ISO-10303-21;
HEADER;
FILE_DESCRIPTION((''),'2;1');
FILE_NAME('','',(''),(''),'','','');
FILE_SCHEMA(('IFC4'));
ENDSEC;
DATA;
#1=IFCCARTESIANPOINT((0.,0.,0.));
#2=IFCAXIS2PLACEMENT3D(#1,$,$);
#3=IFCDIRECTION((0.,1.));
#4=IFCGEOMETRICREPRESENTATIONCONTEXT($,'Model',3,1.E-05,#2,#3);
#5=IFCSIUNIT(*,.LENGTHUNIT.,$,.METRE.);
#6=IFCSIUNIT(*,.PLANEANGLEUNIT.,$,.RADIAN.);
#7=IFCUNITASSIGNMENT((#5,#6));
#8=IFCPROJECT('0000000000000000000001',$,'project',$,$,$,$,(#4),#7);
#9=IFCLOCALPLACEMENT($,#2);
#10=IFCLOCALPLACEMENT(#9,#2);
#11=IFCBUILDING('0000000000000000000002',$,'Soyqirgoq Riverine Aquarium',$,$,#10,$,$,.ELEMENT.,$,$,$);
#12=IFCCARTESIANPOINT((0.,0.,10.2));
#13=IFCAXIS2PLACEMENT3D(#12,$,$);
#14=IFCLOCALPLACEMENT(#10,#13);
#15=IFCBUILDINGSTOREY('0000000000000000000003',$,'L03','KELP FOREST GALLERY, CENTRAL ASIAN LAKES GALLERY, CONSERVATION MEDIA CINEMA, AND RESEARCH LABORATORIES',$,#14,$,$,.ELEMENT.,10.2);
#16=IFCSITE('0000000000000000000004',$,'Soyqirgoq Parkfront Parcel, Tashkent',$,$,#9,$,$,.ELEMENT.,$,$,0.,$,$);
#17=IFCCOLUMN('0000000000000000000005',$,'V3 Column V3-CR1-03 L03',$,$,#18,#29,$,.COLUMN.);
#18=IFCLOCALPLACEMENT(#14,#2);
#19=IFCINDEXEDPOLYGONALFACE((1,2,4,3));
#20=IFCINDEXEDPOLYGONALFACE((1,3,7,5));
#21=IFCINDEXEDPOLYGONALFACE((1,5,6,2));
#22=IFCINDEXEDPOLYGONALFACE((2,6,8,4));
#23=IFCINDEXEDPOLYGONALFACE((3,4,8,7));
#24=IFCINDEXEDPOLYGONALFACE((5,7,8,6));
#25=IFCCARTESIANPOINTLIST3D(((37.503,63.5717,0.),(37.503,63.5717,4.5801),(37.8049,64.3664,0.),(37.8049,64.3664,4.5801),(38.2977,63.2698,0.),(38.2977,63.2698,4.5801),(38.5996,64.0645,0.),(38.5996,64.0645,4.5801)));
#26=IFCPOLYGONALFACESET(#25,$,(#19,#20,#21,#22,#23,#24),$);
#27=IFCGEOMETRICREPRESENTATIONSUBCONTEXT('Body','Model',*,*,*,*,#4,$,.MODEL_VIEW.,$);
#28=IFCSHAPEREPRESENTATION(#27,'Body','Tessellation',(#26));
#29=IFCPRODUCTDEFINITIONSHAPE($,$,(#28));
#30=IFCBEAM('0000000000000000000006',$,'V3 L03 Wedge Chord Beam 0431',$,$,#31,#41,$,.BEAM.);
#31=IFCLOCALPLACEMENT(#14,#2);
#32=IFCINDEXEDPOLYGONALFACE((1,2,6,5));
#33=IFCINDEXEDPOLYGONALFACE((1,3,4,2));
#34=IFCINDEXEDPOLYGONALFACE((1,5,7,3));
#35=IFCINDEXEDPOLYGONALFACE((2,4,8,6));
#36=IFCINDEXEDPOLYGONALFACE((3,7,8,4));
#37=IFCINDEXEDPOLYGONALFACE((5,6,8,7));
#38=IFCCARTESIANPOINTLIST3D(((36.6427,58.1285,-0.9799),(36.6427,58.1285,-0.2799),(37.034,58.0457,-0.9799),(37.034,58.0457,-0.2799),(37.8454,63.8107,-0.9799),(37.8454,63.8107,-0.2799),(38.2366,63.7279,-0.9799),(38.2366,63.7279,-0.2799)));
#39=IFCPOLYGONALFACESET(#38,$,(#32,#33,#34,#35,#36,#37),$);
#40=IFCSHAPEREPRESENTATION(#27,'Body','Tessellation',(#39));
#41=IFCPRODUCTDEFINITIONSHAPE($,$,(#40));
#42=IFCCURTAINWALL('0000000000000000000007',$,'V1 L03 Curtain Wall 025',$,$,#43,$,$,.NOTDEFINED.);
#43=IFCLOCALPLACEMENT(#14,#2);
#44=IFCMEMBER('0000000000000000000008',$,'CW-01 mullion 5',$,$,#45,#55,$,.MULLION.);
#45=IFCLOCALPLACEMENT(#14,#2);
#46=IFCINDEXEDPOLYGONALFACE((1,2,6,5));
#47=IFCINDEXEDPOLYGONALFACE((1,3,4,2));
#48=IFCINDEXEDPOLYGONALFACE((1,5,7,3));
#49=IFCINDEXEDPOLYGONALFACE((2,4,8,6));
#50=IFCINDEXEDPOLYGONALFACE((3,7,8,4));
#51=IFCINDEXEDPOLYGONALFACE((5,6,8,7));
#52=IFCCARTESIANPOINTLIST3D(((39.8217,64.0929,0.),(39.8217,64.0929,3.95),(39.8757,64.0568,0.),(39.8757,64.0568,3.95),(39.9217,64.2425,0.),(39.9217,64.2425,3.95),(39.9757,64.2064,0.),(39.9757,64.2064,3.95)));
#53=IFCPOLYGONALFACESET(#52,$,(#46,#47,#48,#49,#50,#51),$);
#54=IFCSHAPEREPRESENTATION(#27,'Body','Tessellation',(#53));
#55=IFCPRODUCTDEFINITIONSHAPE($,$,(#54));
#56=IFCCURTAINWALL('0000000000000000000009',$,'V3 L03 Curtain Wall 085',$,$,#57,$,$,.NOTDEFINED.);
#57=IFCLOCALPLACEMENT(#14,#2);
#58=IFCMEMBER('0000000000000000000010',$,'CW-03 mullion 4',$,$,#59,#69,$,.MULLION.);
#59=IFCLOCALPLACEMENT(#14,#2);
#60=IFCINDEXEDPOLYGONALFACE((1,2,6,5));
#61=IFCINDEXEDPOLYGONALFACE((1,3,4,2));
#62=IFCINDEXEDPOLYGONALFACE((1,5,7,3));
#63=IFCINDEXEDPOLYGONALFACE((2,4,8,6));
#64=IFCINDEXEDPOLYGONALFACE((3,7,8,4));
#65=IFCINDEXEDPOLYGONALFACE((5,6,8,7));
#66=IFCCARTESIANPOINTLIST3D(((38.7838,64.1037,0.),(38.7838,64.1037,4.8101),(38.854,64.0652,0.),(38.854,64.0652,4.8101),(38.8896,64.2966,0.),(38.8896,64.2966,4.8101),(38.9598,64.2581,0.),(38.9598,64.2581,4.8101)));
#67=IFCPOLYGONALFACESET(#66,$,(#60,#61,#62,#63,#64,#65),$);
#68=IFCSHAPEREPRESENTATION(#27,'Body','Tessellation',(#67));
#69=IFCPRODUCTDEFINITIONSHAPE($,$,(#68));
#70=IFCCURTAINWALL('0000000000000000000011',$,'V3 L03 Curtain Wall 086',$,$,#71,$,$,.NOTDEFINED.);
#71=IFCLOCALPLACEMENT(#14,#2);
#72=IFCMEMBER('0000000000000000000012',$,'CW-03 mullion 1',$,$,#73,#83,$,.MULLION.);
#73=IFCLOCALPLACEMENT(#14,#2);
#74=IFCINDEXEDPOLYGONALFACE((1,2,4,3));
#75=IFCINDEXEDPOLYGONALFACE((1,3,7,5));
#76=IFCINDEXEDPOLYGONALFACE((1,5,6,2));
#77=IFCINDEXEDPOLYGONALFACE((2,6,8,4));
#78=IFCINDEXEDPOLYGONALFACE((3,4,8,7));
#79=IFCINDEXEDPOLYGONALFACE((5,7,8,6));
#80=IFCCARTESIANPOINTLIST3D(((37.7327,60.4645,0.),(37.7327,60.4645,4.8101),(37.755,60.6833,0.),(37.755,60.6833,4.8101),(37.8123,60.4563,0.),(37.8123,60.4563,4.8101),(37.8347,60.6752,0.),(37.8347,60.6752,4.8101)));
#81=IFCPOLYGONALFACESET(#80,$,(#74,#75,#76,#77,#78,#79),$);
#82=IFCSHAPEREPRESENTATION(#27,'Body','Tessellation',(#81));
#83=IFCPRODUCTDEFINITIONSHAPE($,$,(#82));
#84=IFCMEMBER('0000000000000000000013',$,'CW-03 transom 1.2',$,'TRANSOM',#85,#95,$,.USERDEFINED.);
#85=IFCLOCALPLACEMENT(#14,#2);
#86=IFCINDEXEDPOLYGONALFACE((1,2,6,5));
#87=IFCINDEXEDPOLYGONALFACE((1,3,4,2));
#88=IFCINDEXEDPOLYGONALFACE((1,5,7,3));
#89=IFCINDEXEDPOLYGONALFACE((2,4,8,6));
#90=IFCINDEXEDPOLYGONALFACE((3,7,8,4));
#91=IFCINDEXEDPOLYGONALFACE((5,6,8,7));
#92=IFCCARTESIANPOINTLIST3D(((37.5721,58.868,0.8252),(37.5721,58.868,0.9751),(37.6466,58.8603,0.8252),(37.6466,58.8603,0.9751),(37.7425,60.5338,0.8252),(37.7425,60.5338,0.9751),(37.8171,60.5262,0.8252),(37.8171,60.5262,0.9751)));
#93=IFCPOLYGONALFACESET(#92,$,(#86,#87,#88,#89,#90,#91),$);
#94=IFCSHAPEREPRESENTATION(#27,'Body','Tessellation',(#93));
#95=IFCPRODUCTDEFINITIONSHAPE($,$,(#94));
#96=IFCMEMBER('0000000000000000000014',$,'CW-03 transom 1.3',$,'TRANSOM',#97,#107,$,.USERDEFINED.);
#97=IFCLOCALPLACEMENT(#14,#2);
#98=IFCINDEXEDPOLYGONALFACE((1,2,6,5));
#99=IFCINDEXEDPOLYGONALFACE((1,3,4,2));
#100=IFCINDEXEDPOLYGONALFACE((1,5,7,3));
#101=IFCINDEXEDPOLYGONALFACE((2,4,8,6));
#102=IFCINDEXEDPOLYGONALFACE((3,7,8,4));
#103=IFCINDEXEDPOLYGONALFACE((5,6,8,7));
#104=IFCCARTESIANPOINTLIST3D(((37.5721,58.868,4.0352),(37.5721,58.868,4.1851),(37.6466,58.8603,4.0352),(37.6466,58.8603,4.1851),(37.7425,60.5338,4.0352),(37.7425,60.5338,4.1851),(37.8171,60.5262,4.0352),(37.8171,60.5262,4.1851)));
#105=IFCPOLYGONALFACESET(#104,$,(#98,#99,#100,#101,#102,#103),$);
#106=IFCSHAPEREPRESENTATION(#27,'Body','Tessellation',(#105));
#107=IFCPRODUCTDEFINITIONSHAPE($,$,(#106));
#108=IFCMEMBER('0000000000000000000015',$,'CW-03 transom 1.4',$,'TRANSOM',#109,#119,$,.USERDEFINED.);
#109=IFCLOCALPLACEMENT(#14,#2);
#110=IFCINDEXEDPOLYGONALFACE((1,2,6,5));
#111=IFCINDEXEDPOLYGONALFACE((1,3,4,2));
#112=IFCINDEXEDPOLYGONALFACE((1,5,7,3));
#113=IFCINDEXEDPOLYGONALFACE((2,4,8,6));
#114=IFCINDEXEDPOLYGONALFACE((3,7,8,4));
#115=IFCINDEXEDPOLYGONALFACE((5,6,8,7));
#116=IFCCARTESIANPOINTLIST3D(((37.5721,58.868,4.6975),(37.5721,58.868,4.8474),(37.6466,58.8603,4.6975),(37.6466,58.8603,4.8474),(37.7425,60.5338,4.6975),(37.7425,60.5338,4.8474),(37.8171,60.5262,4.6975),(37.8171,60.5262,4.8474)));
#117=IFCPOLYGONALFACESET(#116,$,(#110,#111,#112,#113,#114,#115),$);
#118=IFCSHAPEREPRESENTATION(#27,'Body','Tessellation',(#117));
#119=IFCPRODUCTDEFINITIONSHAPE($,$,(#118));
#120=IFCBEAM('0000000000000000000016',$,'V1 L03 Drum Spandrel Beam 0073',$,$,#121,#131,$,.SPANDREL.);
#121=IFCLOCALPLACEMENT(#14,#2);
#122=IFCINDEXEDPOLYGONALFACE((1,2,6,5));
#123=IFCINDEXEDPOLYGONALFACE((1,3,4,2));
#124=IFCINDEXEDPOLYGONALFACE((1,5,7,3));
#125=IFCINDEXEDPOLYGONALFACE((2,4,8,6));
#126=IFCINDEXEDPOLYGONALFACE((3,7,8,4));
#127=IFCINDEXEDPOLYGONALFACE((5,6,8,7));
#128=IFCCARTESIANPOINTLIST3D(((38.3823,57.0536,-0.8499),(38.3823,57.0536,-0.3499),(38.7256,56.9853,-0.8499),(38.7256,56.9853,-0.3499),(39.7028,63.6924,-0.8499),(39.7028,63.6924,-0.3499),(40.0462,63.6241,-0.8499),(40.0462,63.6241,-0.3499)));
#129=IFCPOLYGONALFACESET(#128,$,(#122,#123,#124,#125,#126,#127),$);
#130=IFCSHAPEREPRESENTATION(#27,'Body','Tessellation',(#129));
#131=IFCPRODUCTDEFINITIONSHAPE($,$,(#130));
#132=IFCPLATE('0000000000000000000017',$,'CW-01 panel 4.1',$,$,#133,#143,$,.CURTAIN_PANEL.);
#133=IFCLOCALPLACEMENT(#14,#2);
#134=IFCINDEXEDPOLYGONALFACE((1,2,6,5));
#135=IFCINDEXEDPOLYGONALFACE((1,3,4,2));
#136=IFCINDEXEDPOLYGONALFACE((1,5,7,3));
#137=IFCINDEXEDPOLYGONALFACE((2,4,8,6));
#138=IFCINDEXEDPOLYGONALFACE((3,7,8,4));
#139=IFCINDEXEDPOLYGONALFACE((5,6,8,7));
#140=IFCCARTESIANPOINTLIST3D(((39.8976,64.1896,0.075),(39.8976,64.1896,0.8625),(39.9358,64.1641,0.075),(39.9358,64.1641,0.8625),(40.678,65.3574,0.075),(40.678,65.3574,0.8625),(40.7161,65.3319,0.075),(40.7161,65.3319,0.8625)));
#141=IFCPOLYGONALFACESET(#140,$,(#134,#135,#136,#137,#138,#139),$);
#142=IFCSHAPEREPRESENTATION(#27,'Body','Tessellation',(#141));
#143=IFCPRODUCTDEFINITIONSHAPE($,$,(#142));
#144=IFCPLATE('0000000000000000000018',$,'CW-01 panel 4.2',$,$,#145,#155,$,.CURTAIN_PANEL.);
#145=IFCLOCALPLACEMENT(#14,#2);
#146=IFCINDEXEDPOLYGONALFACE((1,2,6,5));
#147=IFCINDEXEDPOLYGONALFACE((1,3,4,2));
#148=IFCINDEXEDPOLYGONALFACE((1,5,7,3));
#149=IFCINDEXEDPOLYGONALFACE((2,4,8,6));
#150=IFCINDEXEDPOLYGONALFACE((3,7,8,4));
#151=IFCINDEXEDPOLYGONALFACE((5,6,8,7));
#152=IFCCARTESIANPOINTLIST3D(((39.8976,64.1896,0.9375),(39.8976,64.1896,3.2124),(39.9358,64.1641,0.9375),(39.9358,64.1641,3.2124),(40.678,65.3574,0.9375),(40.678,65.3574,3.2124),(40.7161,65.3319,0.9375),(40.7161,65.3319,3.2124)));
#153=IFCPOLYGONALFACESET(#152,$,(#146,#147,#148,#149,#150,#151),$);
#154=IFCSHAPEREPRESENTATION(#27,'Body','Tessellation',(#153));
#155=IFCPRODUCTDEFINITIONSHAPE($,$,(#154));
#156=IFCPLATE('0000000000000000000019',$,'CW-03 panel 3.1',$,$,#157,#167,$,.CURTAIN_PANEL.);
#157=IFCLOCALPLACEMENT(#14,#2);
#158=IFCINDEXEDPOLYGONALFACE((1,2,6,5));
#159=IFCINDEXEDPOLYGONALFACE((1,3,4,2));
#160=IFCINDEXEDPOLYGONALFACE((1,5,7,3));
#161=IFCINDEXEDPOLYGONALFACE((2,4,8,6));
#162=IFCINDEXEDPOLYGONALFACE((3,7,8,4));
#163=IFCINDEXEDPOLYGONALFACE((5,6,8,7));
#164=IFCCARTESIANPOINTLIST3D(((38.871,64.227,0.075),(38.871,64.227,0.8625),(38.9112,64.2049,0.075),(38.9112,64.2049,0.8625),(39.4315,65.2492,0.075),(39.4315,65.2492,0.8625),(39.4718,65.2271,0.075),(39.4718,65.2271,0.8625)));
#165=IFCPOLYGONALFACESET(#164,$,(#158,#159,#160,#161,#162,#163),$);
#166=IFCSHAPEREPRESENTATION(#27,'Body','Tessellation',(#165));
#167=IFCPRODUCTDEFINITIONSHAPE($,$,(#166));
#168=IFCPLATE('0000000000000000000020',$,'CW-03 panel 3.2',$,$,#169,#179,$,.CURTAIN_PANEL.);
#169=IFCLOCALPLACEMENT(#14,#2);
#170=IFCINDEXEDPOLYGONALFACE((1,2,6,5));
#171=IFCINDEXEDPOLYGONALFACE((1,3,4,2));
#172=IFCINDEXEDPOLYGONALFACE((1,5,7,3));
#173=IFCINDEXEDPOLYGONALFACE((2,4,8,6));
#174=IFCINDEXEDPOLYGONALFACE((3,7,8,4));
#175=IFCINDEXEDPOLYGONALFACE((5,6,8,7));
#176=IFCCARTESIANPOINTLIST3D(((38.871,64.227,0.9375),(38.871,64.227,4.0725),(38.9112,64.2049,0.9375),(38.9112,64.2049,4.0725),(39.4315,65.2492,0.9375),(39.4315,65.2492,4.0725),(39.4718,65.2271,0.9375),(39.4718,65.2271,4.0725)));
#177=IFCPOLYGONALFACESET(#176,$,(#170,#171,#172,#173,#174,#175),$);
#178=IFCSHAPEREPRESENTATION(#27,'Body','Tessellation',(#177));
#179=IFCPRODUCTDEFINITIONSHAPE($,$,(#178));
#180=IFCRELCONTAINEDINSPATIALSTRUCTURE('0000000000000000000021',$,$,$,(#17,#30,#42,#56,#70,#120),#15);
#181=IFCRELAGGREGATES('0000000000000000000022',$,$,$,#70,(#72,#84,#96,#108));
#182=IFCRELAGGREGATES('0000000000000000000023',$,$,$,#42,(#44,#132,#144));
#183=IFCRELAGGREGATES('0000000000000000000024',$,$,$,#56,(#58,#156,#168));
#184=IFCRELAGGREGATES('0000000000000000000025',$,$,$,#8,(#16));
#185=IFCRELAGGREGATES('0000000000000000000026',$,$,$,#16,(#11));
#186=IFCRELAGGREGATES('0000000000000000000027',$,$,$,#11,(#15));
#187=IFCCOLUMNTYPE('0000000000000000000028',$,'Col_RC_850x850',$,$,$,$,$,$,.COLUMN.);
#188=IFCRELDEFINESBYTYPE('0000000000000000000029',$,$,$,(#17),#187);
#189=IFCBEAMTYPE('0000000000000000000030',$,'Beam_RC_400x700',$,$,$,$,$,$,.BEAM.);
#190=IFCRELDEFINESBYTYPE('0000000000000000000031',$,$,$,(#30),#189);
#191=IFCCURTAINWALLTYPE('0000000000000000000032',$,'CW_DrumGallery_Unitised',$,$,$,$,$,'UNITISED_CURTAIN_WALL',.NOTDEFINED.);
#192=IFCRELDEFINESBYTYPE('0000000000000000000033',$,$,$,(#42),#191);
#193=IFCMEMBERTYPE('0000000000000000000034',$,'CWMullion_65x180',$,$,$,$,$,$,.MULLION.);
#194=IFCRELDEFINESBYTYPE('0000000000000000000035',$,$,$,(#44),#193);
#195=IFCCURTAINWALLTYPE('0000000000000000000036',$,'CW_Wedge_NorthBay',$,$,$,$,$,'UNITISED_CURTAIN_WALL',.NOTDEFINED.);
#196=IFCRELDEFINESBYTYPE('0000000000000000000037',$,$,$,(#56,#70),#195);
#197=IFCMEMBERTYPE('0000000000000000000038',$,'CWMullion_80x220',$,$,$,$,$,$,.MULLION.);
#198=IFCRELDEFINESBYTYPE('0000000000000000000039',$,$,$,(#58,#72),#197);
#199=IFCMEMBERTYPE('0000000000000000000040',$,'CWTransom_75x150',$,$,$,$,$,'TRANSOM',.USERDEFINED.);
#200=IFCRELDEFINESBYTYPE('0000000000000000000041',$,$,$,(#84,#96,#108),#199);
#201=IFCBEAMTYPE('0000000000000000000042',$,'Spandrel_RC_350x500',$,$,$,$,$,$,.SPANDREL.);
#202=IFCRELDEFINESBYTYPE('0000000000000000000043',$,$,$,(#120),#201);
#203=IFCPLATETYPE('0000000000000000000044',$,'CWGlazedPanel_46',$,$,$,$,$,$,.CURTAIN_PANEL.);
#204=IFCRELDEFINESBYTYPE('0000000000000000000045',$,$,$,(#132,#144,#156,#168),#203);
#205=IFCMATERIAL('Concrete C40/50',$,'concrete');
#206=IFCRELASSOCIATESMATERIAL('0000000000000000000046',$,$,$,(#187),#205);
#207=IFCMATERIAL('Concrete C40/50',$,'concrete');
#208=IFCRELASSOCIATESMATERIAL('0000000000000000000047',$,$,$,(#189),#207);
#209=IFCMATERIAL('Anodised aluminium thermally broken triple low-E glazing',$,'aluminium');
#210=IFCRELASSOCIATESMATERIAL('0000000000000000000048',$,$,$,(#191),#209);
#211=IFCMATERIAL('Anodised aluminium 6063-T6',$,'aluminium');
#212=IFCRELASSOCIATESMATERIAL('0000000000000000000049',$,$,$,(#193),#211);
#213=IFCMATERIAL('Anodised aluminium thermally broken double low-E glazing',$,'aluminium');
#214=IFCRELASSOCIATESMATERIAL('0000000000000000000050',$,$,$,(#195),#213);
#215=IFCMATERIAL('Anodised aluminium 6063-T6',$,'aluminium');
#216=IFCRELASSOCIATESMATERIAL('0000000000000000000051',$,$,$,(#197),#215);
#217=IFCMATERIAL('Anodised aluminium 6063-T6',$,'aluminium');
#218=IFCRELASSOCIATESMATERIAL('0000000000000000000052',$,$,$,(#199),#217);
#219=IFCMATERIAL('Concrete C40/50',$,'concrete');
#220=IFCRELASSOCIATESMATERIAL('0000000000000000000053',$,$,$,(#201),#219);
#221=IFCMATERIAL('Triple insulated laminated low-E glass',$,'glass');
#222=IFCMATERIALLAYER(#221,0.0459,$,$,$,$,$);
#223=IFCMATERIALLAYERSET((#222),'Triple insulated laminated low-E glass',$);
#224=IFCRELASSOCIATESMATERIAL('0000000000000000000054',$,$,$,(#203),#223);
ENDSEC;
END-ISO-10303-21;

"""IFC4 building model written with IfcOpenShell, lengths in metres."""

from ifc_helpers import new_model, si_unit, direction, frame, origin, origin_2d, place, context, subcontext, project, spatial, rectangle, extrude, material, layer, layer_set, material_profile, profile_set, type_object, element, aggregate, save


model = new_model("IFC4")

# Units and contexts
model_context = context("Model", 3, precision=1e-05, world=origin(), true_north=direction((0.0, 1.0)))
body_context = subcontext(model_context, "Body", "Model", "MODEL_VIEW")
ifc_project = project(units=[si_unit("LENGTHUNIT", "METRE"), si_unit("PLANEANGLEUNIT", "RADIAN")], contexts=[model_context])

# Site, building, storey
site_placement = place(None, origin())
site = spatial("IfcSite", under=ifc_project, at=site_placement, Name="Soyqirgoq Parkfront Parcel, Tashkent", CompositionType="ELEMENT", RefElevation=0.0)
building_placement = place(site_placement, origin())
building = spatial("IfcBuilding", under=site, at=building_placement, Name="Soyqirgoq Riverine Aquarium", CompositionType="ELEMENT")
storey_placement = place(building_placement, frame((0.0, 0.0, 10.2)))
storey = spatial("IfcBuildingStorey", under=building, at=storey_placement, Name="L03", Description="KELP FOREST GALLERY, CENTRAL ASIAN LAKES GALLERY, CONSERVATION MEDIA CINEMA, AND RESEARCH LABORATORIES", CompositionType="ELEMENT", Elevation=10.2)

# Column
ifc_material_1 = material(Name="Concrete C40/50", Category="concrete")
ifc_material_profile_1 = material_profile(ifc_material_1, rectangle(XDim=0.8501, YDim=0.8501, at=origin_2d()), Name="RC 850x850")
ifc_profile_set_1 = profile_set([ifc_material_profile_1], Name="Concrete C40/50")
column_type_1 = type_object("IfcColumnType", Name="Col_RC_850x850", PredefinedType="COLUMN", material=ifc_profile_set_1)
column_1_placement = place(storey_placement, frame((38.0513, 63.8181, 0.0), z_axis=(0.0, 0.0, 1.0), x_axis=(-0.934826, 0.355107, 0.0)))
element("IfcColumn", 1, at=column_1_placement, inside=storey, type_object=column_type_1, Name="V3 Column V3-CR1-03 L03", PredefinedType="COLUMN", context=body_context, shape_type="SweptSolid", body=[
    extrude(rectangle(XDim=0.8501, YDim=0.8501, at=origin_2d()), origin(), (0.0, 0.0, 1.0), 4.5801),
])

# Beam
ifc_material_2 = material(Name="Concrete C40/50", Category="concrete")
ifc_material_profile_2 = material_profile(ifc_material_2, rectangle(XDim=0.3999, YDim=0.7, at=origin_2d()), Name="RC 400x700")
ifc_profile_set_2 = profile_set([ifc_material_profile_2], Name="Concrete C40/50")
beam_type_1 = type_object("IfcBeamType", Name="Beam_RC_400x700", PredefinedType="BEAM", material=ifc_profile_set_2)
beam_1_placement = place(storey_placement, frame((38.041, 63.7693, -0.6299), z_axis=(-0.207065, -0.978327, 0.0), x_axis=(0.978327, -0.207065, 0.0)))
element("IfcBeam", 2, at=beam_1_placement, inside=storey, type_object=beam_type_1, Name="V3 L03 Wedge Chord Beam 0431", PredefinedType="BEAM", context=body_context, shape_type="SweptSolid", body=[
    extrude(rectangle(XDim=0.3999, YDim=0.7, at=origin_2d()), origin(), (0.0, 0.0, 1.0), 5.8081),
])

# Curtain walls, members
ifc_material_3 = material(Name="Anodised aluminium thermally broken triple low-E glazing", Category="aluminium")
curtain_wall_type_1 = type_object("IfcCurtainWallType", Name="CW_DrumGallery_Unitised", ElementType="UNITISED_CURTAIN_WALL", PredefinedType="NOTDEFINED", material=ifc_material_3)
curtain_wall_1_placement = place(storey_placement, origin())
curtain_wall_1 = element("IfcCurtainWall", 3, at=curtain_wall_1_placement, inside=storey, type_object=curtain_wall_type_1, Name="V1 L03 Curtain Wall 025", PredefinedType="NOTDEFINED")
ifc_material_4 = material(Name="Anodised aluminium 6063-T6", Category="aluminium")
ifc_material_profile_3 = material_profile(ifc_material_4, rectangle(XDim=0.0649, YDim=0.1799, at=origin_2d()), Name="ALU-M 65x180")
ifc_profile_set_3 = profile_set([ifc_material_profile_3], Name="Anodised aluminium 6063-T6")
member_type_1 = type_object("IfcMemberType", Name="CWMullion_65x180", PredefinedType="MULLION", material=ifc_profile_set_3)
member_1_placement = place(storey_placement, frame((39.8987, 64.1497, 0.0), z_axis=(0.0, 0.0, 1.0), x_axis=(0.831469, -0.555572, 0.0)))
member_1 = element("IfcMember", 4, at=member_1_placement, type_object=member_type_1, Name="CW-01 mullion 5", PredefinedType="MULLION", context=body_context, shape_type="SweptSolid", body=[
    extrude(rectangle(XDim=0.0649, YDim=0.1799, at=origin_2d()), origin(), (0.0, 0.0, 1.0), 3.95),
])
ifc_material_5 = material(Name="Anodised aluminium thermally broken double low-E glazing", Category="aluminium")
curtain_wall_type_2 = type_object("IfcCurtainWallType", Name="CW_Wedge_NorthBay", ElementType="UNITISED_CURTAIN_WALL", PredefinedType="NOTDEFINED", material=ifc_material_5)
curtain_wall_2_placement = place(storey_placement, origin())
curtain_wall_2 = element("IfcCurtainWall", 5, at=curtain_wall_2_placement, inside=storey, type_object=curtain_wall_type_2, Name="V3 L03 Curtain Wall 085", PredefinedType="NOTDEFINED")
ifc_material_6 = material(Name="Anodised aluminium 6063-T6", Category="aluminium")
ifc_material_profile_4 = material_profile(ifc_material_6, rectangle(XDim=0.0801, YDim=0.22, at=origin_2d()), Name="ALU-M 80x220")
ifc_profile_set_4 = profile_set([ifc_material_profile_4], Name="Anodised aluminium 6063-T6")
member_type_2 = type_object("IfcMemberType", Name="CWMullion_80x220", PredefinedType="MULLION", material=ifc_profile_set_4)
member_2_placement = place(storey_placement, frame((38.8718, 64.1809, 0.0), z_axis=(0.0, 0.0, 1.0), x_axis=(0.876811, -0.480835, 0.0)))
member_2 = element("IfcMember", 6, at=member_2_placement, type_object=member_type_2, Name="CW-03 mullion 4", PredefinedType="MULLION", context=body_context, shape_type="SweptSolid", body=[
    extrude(rectangle(XDim=0.0801, YDim=0.22, at=origin_2d()), origin(), (0.0, 0.0, 1.0), 4.8101),
])

# Curtain wall, members
curtain_wall_3_placement = place(storey_placement, origin())
curtain_wall_3 = element("IfcCurtainWall", 7, at=curtain_wall_3_placement, inside=storey, type_object=curtain_wall_type_2, Name="V3 L03 Curtain Wall 086", PredefinedType="NOTDEFINED")
member_3_placement = place(storey_placement, frame((37.7837, 60.5698, 0.0), z_axis=(0.0, 0.0, 1.0), x_axis=(0.994817, -0.101686, 0.0)))
member_3 = element("IfcMember", 8, at=member_3_placement, type_object=member_type_2, Name="CW-03 mullion 1", PredefinedType="MULLION", context=body_context, shape_type="SweptSolid", body=[
    extrude(rectangle(XDim=0.0801, YDim=0.22, at=origin_2d()), origin(), (0.0, 0.0, 1.0), 4.8101),
])
ifc_material_7 = material(Name="Anodised aluminium 6063-T6", Category="aluminium")
ifc_material_profile_5 = material_profile(ifc_material_7, rectangle(XDim=0.075, YDim=0.1499, at=origin_2d()), Name="ALU-T 75x150")
ifc_profile_set_5 = profile_set([ifc_material_profile_5], Name="Anodised aluminium 6063-T6")
member_type_3 = type_object("IfcMemberType", Name="CWTransom_75x150", ElementType="TRANSOM", PredefinedType="USERDEFINED", material=ifc_profile_set_5)
member_4_placement = place(storey_placement, frame((37.7798, 60.53, 0.9001), z_axis=(-0.10177, -0.994808, 0.0), x_axis=(0.994808, -0.10177, 0.0)))
member_4 = element("IfcMember", 9, at=member_4_placement, type_object=member_type_3, Name="CW-03 transom 1.2", ObjectType="TRANSOM", PredefinedType="USERDEFINED", context=body_context, shape_type="SweptSolid", body=[
    extrude(rectangle(XDim=0.075, YDim=0.1499, at=origin_2d()), origin(), (0.0, 0.0, 1.0), 1.6746),
])
member_5_placement = place(storey_placement, frame((37.7798, 60.53, 4.1101), z_axis=(-0.10177, -0.994808, 0.0), x_axis=(0.994808, -0.10177, 0.0)))
member_5 = element("IfcMember", 10, at=member_5_placement, type_object=member_type_3, Name="CW-03 transom 1.3", ObjectType="TRANSOM", PredefinedType="USERDEFINED", context=body_context, shape_type="SweptSolid", body=[
    extrude(rectangle(XDim=0.075, YDim=0.1499, at=origin_2d()), origin(), (0.0, 0.0, 1.0), 1.6746),
])
member_6_placement = place(storey_placement, frame((37.7798, 60.53, 4.7725), z_axis=(-0.10177, -0.994808, 0.0), x_axis=(0.994808, -0.10177, 0.0)))
member_6 = element("IfcMember", 11, at=member_6_placement, type_object=member_type_3, Name="CW-03 transom 1.4", ObjectType="TRANSOM", PredefinedType="USERDEFINED", context=body_context, shape_type="SweptSolid", body=[
    extrude(rectangle(XDim=0.075, YDim=0.1499, at=origin_2d()), origin(), (0.0, 0.0, 1.0), 1.6746),
])
aggregate(curtain_wall_3, [member_3, member_4, member_5, member_6])

# Beam
ifc_material_8 = material(Name="Concrete C40/50", Category="concrete")
ifc_material_profile_6 = material_profile(ifc_material_8, rectangle(XDim=0.3501, YDim=0.5, at=origin_2d()), Name="RC 350x500")
ifc_profile_set_6 = profile_set([ifc_material_profile_6], Name="Concrete C40/50")
beam_type_2 = type_object("IfcBeamType", Name="Spandrel_RC_350x500", PredefinedType="SPANDREL", material=ifc_profile_set_6)
beam_2_placement = place(storey_placement, frame((39.8745, 63.6582, -0.5999), z_axis=(-0.195096, -0.980784, 0.0), x_axis=(0.980784, -0.195096, 0.0)))
element("IfcBeam", 12, at=beam_2_placement, inside=storey, type_object=beam_type_2, Name="V1 L03 Drum Spandrel Beam 0073", PredefinedType="SPANDREL", context=body_context, shape_type="SweptSolid", body=[
    extrude(rectangle(XDim=0.3501, YDim=0.5, at=origin_2d()), origin(), (0.0, 0.0, 1.0), 6.7688),
])

# Plates
ifc_material_9 = material(Name="Triple insulated laminated low-E glass", Category="glass")
ifc_layer_1 = layer(ifc_material_9, 0.0459)
ifc_layer_set_1 = layer_set([ifc_layer_1], Name="Triple insulated laminated low-E glass")
plate_type = type_object("IfcPlateType", Name="CWGlazedPanel_46", PredefinedType="CURTAIN_PANEL", material=ifc_layer_set_1)
plate_1_placement = place(storey_placement, frame((40.3069, 64.7607, 0.075), z_axis=(0.0, 0.0, 1.0), x_axis=(-0.555572, -0.831469, 0.0)))
plate_1 = element("IfcPlate", 13, at=plate_1_placement, type_object=plate_type, Name="CW-01 panel 4.1", PredefinedType="CURTAIN_PANEL", context=body_context, shape_type="SweptSolid", body=[
    extrude(rectangle(XDim=1.4045, YDim=0.0459, at=origin_2d()), origin(), (0.0, 0.0, 1.0), 0.7876),
])
plate_2_placement = place(storey_placement, frame((40.3069, 64.7607, 0.9375), z_axis=(0.0, 0.0, 1.0), x_axis=(-0.555572, -0.831469, 0.0)))
plate_2 = element("IfcPlate", 14, at=plate_2_placement, type_object=plate_type, Name="CW-01 panel 4.2", PredefinedType="CURTAIN_PANEL", context=body_context, shape_type="SweptSolid", body=[
    extrude(rectangle(XDim=1.4045, YDim=0.0459, at=origin_2d()), origin(), (0.0, 0.0, 1.0), 2.2749),
])
aggregate(curtain_wall_1, [member_1, plate_1, plate_2])
plate_3_placement = place(storey_placement, frame((39.1714, 64.7271, 0.075), z_axis=(0.0, 0.0, 1.0), x_axis=(-0.480835, -0.876811, 0.0)))
plate_3 = element("IfcPlate", 15, at=plate_3_placement, type_object=plate_type, Name="CW-03 panel 3.1", PredefinedType="CURTAIN_PANEL", context=body_context, shape_type="SweptSolid", body=[
    extrude(rectangle(XDim=1.1658, YDim=0.0459, at=origin_2d()), origin(), (0.0, 0.0, 1.0), 0.7876),
])
plate_4_placement = place(storey_placement, frame((39.1714, 64.7271, 0.9375), z_axis=(0.0, 0.0, 1.0), x_axis=(-0.480835, -0.876811, 0.0)))
plate_4 = element("IfcPlate", 16, at=plate_4_placement, type_object=plate_type, Name="CW-03 panel 3.2", PredefinedType="CURTAIN_PANEL", context=body_context, shape_type="SweptSolid", body=[
    extrude(rectangle(XDim=1.1658, YDim=0.0459, at=origin_2d()), origin(), (0.0, 0.0, 1.0), 3.135),
])
aggregate(curtain_wall_2, [member_2, plate_3, plate_4])

save(model, "model.ifc")
